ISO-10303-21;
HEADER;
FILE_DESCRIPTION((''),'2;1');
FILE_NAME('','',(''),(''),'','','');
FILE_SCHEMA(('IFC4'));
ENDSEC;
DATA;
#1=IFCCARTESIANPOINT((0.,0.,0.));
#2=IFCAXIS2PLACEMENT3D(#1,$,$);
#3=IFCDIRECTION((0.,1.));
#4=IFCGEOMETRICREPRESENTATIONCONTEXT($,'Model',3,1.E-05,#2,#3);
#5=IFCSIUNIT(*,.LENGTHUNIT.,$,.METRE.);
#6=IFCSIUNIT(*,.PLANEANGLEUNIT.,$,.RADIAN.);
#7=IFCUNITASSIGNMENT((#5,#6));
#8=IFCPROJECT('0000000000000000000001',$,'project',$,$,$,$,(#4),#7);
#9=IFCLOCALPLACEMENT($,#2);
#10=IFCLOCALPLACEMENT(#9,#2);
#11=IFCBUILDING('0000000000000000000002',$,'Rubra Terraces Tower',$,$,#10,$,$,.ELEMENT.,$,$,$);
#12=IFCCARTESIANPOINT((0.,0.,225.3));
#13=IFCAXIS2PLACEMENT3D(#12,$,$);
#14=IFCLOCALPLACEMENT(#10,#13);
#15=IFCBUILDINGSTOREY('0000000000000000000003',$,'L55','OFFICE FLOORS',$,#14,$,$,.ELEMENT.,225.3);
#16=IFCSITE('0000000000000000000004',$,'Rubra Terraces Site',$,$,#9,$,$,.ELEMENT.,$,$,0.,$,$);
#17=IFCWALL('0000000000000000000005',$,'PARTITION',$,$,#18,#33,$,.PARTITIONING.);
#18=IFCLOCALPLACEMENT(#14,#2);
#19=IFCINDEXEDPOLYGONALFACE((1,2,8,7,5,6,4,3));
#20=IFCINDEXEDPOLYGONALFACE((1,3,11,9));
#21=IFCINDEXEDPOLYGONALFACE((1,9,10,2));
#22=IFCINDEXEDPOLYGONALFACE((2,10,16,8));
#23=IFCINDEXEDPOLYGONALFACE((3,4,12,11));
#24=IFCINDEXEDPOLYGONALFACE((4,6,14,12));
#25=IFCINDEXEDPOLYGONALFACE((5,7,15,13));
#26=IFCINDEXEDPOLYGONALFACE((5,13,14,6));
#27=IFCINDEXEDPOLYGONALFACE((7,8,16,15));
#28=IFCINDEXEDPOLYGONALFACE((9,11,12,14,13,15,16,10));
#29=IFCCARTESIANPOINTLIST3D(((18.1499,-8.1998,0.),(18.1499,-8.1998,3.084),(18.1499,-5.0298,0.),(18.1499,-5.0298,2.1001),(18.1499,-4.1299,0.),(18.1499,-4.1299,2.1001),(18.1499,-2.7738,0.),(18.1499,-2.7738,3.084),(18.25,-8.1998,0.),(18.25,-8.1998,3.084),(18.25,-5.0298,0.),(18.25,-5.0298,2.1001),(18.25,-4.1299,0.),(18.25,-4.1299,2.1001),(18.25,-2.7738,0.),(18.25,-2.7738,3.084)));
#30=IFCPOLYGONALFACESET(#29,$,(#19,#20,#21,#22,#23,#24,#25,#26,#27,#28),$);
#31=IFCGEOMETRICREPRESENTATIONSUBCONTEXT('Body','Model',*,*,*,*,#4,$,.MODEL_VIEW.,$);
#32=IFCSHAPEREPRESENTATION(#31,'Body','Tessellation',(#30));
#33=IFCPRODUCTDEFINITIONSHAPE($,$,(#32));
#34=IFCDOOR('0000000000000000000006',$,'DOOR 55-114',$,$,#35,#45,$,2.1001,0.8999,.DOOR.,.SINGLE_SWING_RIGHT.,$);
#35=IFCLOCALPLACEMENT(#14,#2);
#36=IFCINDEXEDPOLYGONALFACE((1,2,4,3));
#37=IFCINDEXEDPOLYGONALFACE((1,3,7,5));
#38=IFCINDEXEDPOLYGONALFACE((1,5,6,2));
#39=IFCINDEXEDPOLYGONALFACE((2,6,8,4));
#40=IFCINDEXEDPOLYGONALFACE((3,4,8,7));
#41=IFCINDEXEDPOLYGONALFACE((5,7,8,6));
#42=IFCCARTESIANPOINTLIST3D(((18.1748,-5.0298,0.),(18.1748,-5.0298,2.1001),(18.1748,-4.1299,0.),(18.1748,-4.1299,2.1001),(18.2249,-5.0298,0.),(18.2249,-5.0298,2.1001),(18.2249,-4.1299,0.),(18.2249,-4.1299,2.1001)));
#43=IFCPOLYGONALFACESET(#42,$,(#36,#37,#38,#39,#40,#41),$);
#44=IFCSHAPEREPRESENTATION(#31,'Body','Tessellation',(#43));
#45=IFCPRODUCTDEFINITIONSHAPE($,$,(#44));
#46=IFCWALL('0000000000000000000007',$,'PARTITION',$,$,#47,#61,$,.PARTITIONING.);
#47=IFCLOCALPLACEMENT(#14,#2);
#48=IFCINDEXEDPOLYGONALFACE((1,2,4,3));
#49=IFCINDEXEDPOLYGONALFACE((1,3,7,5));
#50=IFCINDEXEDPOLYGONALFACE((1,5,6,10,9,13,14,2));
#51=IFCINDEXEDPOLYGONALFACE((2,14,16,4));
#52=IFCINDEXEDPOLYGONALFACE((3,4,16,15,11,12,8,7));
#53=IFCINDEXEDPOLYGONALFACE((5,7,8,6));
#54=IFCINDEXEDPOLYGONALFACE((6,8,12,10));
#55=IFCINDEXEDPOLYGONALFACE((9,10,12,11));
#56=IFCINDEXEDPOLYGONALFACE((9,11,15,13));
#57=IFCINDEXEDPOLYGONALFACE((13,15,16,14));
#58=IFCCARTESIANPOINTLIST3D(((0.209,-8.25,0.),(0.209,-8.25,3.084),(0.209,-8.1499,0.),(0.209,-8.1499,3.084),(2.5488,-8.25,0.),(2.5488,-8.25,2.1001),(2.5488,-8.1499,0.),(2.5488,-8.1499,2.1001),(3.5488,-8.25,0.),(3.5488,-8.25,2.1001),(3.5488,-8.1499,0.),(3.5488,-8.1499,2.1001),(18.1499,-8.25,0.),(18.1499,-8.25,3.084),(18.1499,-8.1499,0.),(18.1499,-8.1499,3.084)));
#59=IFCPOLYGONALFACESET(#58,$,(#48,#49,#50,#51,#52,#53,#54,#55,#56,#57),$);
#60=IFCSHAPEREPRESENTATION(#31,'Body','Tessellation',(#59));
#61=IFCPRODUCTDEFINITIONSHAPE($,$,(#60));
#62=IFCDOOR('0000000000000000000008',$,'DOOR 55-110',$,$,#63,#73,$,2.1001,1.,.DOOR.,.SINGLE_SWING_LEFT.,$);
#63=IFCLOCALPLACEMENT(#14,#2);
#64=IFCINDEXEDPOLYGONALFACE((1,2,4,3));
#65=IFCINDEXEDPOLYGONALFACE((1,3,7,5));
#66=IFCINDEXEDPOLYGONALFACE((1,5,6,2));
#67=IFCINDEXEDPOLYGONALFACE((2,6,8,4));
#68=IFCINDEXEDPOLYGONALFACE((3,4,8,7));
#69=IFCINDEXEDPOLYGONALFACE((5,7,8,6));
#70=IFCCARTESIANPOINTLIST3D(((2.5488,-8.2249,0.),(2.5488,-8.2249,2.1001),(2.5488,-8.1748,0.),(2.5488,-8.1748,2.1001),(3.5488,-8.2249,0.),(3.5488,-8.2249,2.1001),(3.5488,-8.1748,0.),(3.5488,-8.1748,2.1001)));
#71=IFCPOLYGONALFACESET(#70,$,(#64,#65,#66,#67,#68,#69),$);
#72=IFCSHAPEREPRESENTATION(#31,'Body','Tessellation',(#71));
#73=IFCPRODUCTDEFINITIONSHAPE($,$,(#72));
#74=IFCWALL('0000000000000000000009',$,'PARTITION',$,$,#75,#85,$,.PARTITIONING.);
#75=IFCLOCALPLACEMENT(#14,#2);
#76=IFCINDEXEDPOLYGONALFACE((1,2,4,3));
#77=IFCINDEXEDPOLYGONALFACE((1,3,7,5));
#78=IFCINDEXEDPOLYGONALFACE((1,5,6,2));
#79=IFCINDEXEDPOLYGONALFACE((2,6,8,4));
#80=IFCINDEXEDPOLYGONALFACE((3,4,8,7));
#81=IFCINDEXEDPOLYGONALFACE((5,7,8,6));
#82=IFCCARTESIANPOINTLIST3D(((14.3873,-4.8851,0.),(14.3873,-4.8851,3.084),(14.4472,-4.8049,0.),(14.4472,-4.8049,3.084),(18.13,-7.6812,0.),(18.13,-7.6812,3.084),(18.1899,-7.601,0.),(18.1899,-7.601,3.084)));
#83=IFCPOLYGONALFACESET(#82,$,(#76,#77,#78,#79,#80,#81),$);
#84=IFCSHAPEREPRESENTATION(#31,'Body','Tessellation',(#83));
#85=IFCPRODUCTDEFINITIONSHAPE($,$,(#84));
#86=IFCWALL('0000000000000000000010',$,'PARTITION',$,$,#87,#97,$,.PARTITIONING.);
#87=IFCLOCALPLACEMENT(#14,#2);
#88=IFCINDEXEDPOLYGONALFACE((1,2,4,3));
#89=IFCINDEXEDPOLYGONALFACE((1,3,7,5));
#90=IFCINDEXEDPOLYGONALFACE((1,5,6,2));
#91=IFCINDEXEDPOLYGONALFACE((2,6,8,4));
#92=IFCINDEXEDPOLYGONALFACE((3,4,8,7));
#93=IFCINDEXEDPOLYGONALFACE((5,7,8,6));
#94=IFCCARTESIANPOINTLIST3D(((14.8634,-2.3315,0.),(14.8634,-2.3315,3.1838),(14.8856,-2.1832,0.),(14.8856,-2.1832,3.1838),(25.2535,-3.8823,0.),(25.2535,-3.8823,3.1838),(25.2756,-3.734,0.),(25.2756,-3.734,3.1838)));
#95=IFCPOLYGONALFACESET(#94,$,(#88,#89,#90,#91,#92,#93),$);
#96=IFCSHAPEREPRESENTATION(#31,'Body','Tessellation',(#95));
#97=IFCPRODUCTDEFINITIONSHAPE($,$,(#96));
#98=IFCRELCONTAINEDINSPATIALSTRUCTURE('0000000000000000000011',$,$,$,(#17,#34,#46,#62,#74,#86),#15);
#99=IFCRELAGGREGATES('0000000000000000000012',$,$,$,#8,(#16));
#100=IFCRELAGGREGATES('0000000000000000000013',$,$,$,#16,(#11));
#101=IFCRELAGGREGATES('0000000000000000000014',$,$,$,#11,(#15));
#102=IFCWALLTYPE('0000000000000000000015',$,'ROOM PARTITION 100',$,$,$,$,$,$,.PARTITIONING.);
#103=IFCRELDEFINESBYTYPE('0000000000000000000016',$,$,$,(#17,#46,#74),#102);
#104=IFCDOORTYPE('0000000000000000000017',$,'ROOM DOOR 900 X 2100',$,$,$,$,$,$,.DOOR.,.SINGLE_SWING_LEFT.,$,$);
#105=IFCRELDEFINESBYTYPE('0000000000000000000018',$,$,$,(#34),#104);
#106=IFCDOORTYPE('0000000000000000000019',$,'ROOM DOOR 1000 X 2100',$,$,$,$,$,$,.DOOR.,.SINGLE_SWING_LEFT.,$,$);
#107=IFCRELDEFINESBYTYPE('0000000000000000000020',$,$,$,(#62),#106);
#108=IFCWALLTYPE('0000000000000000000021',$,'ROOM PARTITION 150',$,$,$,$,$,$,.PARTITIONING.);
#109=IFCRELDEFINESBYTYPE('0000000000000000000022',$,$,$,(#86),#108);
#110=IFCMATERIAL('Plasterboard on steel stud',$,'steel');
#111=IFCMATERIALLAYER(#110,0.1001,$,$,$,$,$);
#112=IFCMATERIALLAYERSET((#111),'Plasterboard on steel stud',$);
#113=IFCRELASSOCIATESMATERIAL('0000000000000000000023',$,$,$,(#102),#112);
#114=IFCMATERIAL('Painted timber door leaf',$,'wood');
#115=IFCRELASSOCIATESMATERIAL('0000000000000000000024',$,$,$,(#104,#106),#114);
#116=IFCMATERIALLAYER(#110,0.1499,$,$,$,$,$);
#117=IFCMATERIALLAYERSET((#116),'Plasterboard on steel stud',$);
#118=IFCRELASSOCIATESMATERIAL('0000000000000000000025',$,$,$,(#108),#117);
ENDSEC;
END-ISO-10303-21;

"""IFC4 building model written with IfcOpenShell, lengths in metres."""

from ifc_helpers import new_model, si_unit, direction, frame, frame_2d, origin, place, context, subcontext, project, spatial, rectangle, extrude, material, layer, layer_set, type_object, element, fill, save


model = new_model("IFC4")

# Units and contexts
model_context = context("Model", 3, precision=1e-05, world=origin(), true_north=direction((0.0, 1.0)))
body_context = subcontext(model_context, "Body", "Model", "MODEL_VIEW")
ifc_project = project(units=[si_unit("LENGTHUNIT", "METRE"), si_unit("PLANEANGLEUNIT", "RADIAN")], contexts=[model_context])

# Site, building, storey
site_placement = place(None, origin())
site = spatial("IfcSite", under=ifc_project, at=site_placement, Name="Rubra Terraces Site", CompositionType="ELEMENT", RefElevation=0.0)
building_placement = place(site_placement, origin())
building = spatial("IfcBuilding", under=site, at=building_placement, Name="Rubra Terraces Tower", CompositionType="ELEMENT")
storey_placement = place(building_placement, frame((0.0, 0.0, 225.3)))
storey = spatial("IfcBuildingStorey", under=building, at=storey_placement, Name="L55", Description="OFFICE FLOORS", CompositionType="ELEMENT", Elevation=225.3)

# Walls, openings, doors
ifc_material_1 = material(Name="Plasterboard on steel stud", Category="steel")
ifc_layer_1 = layer(ifc_material_1, 0.1001)
ifc_layer_set_1 = layer_set([ifc_layer_1], Name="Plasterboard on steel stud")
wall_type_1 = type_object("IfcWallType", Name="ROOM PARTITION 100", PredefinedType="PARTITIONING", material=ifc_layer_set_1)
wall_1_placement = place(storey_placement, frame((18.2, -2.7739, 0.0), z_axis=(0.0, 0.0, 1.0), x_axis=(0.0, -1.0, 0.0)))
wall_1 = element("IfcWall", 1, at=wall_1_placement, inside=storey, type_object=wall_type_1, Name="PARTITION", PredefinedType="PARTITIONING", context=body_context, shape_type="SweptSolid", body=[
    extrude(rectangle(XDim=5.426, YDim=0.1001, at=frame_2d((2.7129, 0.0))), origin(), (0.0, 0.0, 1.0), 3.084),
])
opening_1_placement = place(wall_1_placement, frame((1.356, 0.0, 0.0)))
opening_1 = element("IfcOpeningElement", 2, at=opening_1_placement, cuts=wall_1, PredefinedType="OPENING", context=body_context, shape_type="SweptSolid", body=[
    extrude(rectangle(XDim=0.8999, YDim=2.1001, at=frame_2d((0.45, 1.05))), frame((0.0, 0.0601, 0.0), z_axis=(0.0, -1.0, 0.0), x_axis=(1.0, 0.0, 0.0)), (0.0, 0.0, 1.0), 0.1201),
])
ifc_material_2 = material(Name="Painted timber door leaf", Category="wood")
door_type_1 = type_object("IfcDoorType", Name="ROOM DOOR 900 X 2100", OperationType="SINGLE_SWING_LEFT", PredefinedType="DOOR", material=ifc_material_2)
door_1_placement = place(opening_1_placement, origin())
door_1 = element("IfcDoor", 3, at=door_1_placement, inside=storey, type_object=door_type_1, Name="DOOR 55-114", OperationType="SINGLE_SWING_RIGHT", OverallHeight=2.1001, OverallWidth=0.8999, PredefinedType="DOOR", context=body_context, shape_type="SweptSolid", body=[
    extrude(rectangle(XDim=0.8999, YDim=2.1001, at=frame_2d((0.45, 1.05))), frame((0.0, 0.0249, 0.0), z_axis=(0.0, -1.0, 0.0), x_axis=(1.0, 0.0, 0.0)), (0.0, 0.0, 1.0), 0.05),
])
fill(opening_1, door_1)
wall_2_placement = place(storey_placement, frame((18.1499, -8.2, 0.0), z_axis=(0.0, 0.0, 1.0), x_axis=(-1.0, 0.0, 0.0)))
wall_2 = element("IfcWall", 4, at=wall_2_placement, inside=storey, type_object=wall_type_1, Name="PARTITION", PredefinedType="PARTITIONING", context=body_context, shape_type="SweptSolid", body=[
    extrude(rectangle(XDim=17.9409, YDim=0.1001, at=frame_2d((8.9705, 0.0))), origin(), (0.0, 0.0, 1.0), 3.084),
])
opening_2_placement = place(wall_2_placement, frame((14.6011, 0.0, 0.0)))
opening_2 = element("IfcOpeningElement", 5, at=opening_2_placement, cuts=wall_2, PredefinedType="OPENING", context=body_context, shape_type="SweptSolid", body=[
    extrude(rectangle(XDim=1.0, YDim=2.1001, at=frame_2d((0.5, 1.05))), frame((0.0, 0.0601, 0.0), z_axis=(0.0, -1.0, 0.0), x_axis=(1.0, 0.0, 0.0)), (0.0, 0.0, 1.0), 0.1201),
])
door_type_2 = type_object("IfcDoorType", Name="ROOM DOOR 1000 X 2100", OperationType="SINGLE_SWING_LEFT", PredefinedType="DOOR", material=ifc_material_2)
door_2_placement = place(opening_2_placement, origin())
door_2 = element("IfcDoor", 6, at=door_2_placement, inside=storey, type_object=door_type_2, Name="DOOR 55-110", OperationType="SINGLE_SWING_LEFT", OverallHeight=2.1001, OverallWidth=1.0, PredefinedType="DOOR", context=body_context, shape_type="SweptSolid", body=[
    extrude(rectangle(XDim=1.0, YDim=2.1001, at=frame_2d((0.5, 1.05))), frame((0.0, 0.0249, 0.0), z_axis=(0.0, -1.0, 0.0), x_axis=(1.0, 0.0, 0.0)), (0.0, 0.0, 1.0), 0.05),
])
fill(opening_2, door_2)

# Walls
wall_3_placement = place(storey_placement, frame((14.4172, -4.845, 0.0), z_axis=(0.0, 0.0, 1.0), x_axis=(0.801115, -0.598511, 0.0)))
element("IfcWall", 7, at=wall_3_placement, inside=storey, type_object=wall_type_1, Name="PARTITION", PredefinedType="PARTITIONING", context=body_context, shape_type="SweptSolid", body=[
    extrude(rectangle(XDim=4.6719, YDim=0.1001, at=frame_2d((2.3359, 0.0))), origin(), (0.0, 0.0, 1.0), 3.084),
])
ifc_layer_2 = layer(ifc_material_1, 0.1499)
ifc_layer_set_2 = layer_set([ifc_layer_2], Name="Plasterboard on steel stud")
wall_type_2 = type_object("IfcWallType", Name="ROOM PARTITION 150", PredefinedType="PARTITIONING", material=ifc_layer_set_2)
wall_4_placement = place(storey_placement, frame((25.2644, -3.8081, 0.0), z_axis=(0.0, 0.0, 1.0), x_axis=(-0.989044, 0.14762, 0.0)))
element("IfcWall", 8, at=wall_4_placement, inside=storey, type_object=wall_type_2, Name="PARTITION", PredefinedType="PARTITIONING", context=body_context, shape_type="SweptSolid", body=[
    extrude(rectangle(XDim=10.5051, YDim=0.1499, at=frame_2d((5.2524, 0.0))), origin(), (0.0, 0.0, 1.0), 3.1838),
])

save(model, "model.ifc")
